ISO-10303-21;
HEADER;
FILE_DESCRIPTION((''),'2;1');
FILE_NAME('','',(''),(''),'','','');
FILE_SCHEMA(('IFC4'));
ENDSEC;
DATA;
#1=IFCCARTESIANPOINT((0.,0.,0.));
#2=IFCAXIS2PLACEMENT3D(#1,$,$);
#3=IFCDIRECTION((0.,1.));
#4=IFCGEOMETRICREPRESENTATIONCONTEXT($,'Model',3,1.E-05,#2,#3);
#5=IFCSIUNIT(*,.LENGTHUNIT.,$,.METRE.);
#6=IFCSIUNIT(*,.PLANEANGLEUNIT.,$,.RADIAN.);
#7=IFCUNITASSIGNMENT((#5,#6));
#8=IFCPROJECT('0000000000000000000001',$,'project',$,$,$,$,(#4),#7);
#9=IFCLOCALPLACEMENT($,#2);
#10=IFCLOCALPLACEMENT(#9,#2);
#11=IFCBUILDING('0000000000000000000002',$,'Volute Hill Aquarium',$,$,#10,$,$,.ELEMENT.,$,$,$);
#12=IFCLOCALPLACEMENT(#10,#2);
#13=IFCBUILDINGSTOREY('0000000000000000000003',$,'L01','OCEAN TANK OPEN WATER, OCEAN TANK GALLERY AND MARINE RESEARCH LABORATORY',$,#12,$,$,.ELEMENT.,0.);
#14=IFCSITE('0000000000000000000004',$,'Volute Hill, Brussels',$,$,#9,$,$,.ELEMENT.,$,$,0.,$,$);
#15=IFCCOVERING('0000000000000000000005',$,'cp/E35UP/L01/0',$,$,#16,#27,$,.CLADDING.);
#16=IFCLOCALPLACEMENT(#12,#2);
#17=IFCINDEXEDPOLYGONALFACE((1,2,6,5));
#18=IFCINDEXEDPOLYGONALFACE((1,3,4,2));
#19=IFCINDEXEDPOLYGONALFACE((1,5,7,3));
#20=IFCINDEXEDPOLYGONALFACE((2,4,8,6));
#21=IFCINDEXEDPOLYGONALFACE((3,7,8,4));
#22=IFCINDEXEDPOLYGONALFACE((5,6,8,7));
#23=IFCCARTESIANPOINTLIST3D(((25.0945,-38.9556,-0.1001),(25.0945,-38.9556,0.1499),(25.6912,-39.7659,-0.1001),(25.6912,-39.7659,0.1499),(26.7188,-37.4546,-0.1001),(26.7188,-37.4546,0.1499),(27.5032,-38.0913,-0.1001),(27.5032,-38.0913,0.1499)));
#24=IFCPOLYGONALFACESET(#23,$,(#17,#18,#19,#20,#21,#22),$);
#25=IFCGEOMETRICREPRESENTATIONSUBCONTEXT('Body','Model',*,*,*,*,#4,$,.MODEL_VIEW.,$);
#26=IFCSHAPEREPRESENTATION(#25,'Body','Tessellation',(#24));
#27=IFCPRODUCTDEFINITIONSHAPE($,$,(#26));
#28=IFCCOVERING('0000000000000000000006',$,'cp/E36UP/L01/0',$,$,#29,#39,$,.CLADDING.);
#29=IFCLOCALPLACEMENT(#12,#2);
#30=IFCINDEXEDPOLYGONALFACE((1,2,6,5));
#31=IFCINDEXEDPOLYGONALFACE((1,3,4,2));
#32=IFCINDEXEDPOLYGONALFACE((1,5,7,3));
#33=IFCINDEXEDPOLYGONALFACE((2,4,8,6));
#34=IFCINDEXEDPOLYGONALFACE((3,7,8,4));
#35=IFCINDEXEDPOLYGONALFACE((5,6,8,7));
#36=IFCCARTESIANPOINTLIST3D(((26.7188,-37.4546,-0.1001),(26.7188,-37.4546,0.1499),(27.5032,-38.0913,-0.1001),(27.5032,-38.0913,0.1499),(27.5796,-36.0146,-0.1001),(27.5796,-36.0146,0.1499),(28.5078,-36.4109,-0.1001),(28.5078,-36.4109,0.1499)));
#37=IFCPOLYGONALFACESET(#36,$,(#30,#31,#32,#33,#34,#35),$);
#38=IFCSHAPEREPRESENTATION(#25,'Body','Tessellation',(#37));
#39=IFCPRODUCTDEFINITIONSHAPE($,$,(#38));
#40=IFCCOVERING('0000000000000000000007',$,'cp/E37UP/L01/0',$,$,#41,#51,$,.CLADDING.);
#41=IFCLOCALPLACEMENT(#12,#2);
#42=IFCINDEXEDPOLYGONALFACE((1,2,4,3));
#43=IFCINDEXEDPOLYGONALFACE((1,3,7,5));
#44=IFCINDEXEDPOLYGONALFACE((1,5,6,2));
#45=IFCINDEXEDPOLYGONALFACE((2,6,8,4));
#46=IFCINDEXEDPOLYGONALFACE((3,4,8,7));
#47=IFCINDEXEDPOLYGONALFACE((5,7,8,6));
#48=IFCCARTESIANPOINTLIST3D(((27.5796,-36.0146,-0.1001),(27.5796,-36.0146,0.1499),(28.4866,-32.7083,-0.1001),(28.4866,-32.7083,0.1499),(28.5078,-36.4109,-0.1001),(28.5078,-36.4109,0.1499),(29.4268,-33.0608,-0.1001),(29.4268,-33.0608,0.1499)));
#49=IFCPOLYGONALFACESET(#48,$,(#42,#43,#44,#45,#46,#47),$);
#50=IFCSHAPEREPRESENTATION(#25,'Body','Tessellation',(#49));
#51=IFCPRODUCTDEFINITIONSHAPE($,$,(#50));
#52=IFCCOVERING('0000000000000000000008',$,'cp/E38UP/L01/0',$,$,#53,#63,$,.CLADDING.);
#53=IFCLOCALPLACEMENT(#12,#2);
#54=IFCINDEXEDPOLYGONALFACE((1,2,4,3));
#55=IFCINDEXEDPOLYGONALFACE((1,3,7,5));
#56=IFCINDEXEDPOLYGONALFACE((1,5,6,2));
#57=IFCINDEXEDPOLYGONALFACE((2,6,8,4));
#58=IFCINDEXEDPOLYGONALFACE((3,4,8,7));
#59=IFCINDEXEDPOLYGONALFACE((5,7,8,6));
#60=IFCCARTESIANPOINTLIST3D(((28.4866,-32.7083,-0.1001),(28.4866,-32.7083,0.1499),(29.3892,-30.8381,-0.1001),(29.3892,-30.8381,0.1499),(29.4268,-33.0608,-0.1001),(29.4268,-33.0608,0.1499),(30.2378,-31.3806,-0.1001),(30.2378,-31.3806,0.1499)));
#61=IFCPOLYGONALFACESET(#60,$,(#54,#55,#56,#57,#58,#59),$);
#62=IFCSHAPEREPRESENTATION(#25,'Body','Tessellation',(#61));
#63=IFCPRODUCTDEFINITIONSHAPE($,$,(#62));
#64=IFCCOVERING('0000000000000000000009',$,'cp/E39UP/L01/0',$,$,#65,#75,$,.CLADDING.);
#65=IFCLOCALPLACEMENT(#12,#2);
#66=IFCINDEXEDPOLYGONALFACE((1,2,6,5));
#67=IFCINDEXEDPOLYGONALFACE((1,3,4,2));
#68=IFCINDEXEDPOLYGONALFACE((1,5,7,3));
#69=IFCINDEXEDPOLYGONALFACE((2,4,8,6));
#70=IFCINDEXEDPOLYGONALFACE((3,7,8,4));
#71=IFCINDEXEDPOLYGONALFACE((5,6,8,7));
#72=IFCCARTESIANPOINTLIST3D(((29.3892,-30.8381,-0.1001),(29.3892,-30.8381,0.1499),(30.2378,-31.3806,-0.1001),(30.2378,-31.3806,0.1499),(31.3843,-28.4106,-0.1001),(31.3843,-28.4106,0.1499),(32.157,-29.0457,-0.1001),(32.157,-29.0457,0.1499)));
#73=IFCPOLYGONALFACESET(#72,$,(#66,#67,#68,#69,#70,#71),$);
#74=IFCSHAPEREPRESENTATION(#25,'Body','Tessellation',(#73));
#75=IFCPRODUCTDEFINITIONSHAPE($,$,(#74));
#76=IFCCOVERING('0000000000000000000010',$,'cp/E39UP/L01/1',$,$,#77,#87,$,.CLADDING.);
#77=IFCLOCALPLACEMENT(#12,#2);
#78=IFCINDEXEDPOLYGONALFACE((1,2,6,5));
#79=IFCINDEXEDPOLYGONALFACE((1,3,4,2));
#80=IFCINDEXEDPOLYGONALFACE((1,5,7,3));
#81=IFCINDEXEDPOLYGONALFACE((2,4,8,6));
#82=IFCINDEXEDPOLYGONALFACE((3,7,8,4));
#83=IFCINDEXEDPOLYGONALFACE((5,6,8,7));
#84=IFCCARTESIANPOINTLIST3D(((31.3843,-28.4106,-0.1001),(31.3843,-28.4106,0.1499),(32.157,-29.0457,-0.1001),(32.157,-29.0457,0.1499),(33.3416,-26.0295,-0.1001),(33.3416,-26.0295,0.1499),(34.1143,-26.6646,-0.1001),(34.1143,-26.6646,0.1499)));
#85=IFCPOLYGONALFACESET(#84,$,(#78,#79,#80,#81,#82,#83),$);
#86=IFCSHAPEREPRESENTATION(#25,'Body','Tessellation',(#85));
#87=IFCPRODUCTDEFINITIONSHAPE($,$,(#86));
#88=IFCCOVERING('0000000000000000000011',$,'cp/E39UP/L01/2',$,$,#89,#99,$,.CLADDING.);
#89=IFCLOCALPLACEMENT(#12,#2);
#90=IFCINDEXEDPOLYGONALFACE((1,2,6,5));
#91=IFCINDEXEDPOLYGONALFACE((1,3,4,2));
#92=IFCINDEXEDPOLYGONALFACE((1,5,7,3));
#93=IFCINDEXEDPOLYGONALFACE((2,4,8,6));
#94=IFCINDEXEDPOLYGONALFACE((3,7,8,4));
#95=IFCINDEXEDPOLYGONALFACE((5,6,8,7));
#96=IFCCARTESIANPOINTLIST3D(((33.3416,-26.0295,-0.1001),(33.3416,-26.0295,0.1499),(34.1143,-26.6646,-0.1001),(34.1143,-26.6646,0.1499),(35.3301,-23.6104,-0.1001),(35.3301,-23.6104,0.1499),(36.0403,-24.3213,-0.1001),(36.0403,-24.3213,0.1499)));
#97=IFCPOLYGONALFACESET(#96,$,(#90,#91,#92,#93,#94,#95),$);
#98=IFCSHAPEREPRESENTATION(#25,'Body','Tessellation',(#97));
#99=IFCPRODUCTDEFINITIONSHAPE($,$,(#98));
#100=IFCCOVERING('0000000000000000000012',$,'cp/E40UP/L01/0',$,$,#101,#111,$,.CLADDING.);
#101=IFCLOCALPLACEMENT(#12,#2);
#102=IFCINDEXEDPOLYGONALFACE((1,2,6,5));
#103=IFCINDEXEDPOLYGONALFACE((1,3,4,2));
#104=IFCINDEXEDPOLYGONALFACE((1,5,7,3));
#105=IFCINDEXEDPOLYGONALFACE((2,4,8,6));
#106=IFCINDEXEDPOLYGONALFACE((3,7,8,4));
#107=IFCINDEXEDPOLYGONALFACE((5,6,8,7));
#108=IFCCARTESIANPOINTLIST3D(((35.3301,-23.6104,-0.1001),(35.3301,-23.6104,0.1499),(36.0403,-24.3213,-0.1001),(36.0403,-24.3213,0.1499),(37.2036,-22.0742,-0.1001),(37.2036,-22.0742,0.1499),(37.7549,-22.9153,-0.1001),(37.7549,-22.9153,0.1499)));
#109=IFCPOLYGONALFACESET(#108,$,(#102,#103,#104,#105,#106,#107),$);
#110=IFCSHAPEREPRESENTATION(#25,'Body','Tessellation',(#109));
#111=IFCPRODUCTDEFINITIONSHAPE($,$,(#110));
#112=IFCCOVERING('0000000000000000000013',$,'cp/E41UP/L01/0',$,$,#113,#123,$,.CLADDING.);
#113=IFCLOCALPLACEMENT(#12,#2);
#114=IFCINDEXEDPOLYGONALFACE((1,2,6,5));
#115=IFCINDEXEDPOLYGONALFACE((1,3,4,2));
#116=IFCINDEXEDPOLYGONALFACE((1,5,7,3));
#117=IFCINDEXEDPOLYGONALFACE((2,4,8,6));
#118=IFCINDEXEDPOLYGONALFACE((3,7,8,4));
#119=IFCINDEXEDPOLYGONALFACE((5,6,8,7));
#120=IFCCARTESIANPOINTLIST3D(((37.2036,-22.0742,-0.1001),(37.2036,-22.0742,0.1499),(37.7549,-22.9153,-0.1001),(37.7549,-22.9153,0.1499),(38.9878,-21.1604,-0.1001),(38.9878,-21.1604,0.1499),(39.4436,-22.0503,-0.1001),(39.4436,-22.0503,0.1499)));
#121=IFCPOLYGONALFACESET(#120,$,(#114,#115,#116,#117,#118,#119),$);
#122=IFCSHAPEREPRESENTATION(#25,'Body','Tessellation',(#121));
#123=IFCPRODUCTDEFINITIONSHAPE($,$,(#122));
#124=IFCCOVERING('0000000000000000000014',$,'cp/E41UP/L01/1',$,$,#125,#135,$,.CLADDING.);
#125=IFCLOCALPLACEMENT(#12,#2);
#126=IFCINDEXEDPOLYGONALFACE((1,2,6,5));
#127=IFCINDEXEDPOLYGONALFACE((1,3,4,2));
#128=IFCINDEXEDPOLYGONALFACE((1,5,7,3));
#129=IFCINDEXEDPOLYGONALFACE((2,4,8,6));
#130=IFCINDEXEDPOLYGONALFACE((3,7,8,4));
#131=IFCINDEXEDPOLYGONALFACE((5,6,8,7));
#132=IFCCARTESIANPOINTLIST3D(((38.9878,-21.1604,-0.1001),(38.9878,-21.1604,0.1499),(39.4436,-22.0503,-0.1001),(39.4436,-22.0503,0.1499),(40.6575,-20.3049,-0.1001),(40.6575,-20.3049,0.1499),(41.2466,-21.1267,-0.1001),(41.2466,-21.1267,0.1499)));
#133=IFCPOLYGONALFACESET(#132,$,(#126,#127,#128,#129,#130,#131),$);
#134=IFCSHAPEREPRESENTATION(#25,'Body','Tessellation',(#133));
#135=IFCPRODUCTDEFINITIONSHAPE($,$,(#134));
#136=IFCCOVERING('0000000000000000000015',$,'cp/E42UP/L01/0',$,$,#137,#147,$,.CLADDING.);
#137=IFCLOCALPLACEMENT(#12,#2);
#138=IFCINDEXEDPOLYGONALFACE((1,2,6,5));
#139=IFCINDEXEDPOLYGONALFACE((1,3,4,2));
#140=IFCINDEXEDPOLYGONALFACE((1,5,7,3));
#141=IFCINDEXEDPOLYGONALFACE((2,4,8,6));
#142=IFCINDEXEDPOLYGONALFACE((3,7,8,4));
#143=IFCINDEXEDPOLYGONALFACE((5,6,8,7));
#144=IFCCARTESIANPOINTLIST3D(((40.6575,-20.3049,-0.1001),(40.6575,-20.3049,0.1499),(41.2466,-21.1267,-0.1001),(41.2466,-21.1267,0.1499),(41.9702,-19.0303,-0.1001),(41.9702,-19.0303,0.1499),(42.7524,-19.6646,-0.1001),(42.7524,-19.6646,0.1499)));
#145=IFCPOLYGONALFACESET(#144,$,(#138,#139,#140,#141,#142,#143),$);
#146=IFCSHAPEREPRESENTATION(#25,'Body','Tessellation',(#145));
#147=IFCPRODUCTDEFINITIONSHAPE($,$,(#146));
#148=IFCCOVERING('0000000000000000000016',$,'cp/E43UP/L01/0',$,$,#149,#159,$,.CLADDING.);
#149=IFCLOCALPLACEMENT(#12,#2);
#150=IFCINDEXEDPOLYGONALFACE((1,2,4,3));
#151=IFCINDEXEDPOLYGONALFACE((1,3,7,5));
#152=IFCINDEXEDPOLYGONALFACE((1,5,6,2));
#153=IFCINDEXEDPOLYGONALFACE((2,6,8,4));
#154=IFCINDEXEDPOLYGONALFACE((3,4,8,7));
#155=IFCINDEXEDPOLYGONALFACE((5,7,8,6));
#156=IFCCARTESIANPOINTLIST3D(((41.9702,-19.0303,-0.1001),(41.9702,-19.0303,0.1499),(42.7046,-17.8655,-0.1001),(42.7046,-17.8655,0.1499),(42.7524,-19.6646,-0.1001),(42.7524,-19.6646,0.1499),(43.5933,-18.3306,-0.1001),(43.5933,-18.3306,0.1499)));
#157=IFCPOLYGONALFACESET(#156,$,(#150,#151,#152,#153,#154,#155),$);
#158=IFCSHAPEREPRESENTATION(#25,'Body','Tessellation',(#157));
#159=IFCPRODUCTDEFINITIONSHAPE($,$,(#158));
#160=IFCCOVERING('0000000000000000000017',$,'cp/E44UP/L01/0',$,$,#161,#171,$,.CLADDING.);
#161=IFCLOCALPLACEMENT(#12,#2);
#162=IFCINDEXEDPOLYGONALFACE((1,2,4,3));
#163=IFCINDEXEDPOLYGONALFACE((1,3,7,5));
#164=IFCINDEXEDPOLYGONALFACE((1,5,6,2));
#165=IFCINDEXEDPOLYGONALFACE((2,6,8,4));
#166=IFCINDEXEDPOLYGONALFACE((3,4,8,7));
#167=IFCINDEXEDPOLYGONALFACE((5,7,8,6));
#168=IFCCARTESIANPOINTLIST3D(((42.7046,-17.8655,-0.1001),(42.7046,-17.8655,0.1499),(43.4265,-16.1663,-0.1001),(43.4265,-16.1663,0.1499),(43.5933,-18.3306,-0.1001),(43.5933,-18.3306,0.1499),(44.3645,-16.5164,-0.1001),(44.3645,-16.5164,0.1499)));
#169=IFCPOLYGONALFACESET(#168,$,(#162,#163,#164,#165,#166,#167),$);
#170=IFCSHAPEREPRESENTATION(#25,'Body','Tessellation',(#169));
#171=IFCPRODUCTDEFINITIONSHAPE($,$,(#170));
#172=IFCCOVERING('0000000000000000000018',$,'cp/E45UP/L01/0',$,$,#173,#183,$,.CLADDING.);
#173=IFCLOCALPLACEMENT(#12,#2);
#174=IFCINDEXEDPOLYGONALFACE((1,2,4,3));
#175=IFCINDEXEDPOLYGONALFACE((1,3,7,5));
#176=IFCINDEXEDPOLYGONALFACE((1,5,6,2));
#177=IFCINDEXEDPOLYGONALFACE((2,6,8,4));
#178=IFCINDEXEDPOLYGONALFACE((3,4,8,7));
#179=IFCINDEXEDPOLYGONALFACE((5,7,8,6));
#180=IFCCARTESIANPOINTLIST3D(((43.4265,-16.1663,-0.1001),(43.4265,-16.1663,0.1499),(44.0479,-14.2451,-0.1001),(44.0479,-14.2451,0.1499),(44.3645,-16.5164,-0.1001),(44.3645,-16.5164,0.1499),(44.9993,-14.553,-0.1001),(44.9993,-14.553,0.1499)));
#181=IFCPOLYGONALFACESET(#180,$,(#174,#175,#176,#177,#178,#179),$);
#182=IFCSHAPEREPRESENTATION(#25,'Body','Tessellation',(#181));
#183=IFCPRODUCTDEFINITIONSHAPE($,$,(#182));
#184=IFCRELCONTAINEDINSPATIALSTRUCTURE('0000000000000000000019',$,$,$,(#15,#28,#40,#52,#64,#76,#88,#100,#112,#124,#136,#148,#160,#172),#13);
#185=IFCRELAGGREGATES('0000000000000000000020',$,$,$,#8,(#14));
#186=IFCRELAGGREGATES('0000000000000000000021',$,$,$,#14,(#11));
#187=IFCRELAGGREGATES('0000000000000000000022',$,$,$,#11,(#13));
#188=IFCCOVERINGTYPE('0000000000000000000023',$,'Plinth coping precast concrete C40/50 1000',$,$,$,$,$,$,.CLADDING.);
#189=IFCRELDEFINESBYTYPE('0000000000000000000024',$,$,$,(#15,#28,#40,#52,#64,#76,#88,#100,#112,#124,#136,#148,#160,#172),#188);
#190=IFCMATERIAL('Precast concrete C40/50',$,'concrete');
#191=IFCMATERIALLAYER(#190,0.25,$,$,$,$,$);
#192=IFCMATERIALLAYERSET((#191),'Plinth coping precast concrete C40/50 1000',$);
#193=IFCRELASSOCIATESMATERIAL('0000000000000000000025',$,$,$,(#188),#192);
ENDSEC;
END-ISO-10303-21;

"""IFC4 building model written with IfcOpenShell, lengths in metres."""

from ifc_helpers import new_model, si_unit, direction, frame, origin, place, context, subcontext, project, spatial, polyline, outline, extrude, material, layer, layer_set, type_object, element, save


model = new_model("IFC4")

# Units and contexts
model_context = context("Model", 3, precision=1e-05, world=origin(), true_north=direction((0.0, 1.0)))
body_context = subcontext(model_context, "Body", "Model", "MODEL_VIEW")
ifc_project = project(units=[si_unit("LENGTHUNIT", "METRE"), si_unit("PLANEANGLEUNIT", "RADIAN")], contexts=[model_context])

# Site, building, storey
site_placement = place(None, origin())
site = spatial("IfcSite", under=ifc_project, at=site_placement, Name="Volute Hill, Brussels", CompositionType="ELEMENT", RefElevation=0.0)
building_placement = place(site_placement, origin())
building = spatial("IfcBuilding", under=site, at=building_placement, Name="Volute Hill Aquarium", CompositionType="ELEMENT")
storey_placement = place(building_placement, origin())
storey = spatial("IfcBuildingStorey", under=building, at=storey_placement, Name="L01", Description="OCEAN TANK OPEN WATER, OCEAN TANK GALLERY AND MARINE RESEARCH LABORATORY", CompositionType="ELEMENT", Elevation=0.0)

# Coverings
ifc_material_1 = material(Name="Precast concrete C40/50", Category="concrete")
ifc_layer_1 = layer(ifc_material_1, 0.25)
ifc_layer_set_1 = layer_set([ifc_layer_1], Name="Plinth coping precast concrete C40/50 1000")
covering_type_1 = type_object("IfcCoveringType", Name="Plinth coping precast concrete C40/50 1000", PredefinedType="CLADDING", material=ifc_layer_set_1)
covering_1_placement = place(storey_placement, frame((0.0, 0.0, -0.1001)))
element("IfcCovering", 1, at=covering_1_placement, inside=storey, type_object=covering_type_1, Name="cp/E35UP/L01/0", PredefinedType="CLADDING", context=body_context, shape_type="SweptSolid", body=[
    extrude(outline(polyline([(25.6912, -39.7659), (27.5032, -38.0913), (26.7188, -37.4546), (25.0945, -38.9556), (25.6912, -39.7659)])), origin(), (0.0, 0.0, 1.0), 0.25),
])
covering_2_placement = place(storey_placement, frame((0.0, 0.0, -0.1001)))
element("IfcCovering", 2, at=covering_2_placement, inside=storey, type_object=covering_type_1, Name="cp/E36UP/L01/0", PredefinedType="CLADDING", context=body_context, shape_type="SweptSolid", body=[
    extrude(outline(polyline([(28.5078, -36.4109), (28.5078, -36.4109), (27.5796, -36.0146), (27.5796, -36.0146), (26.7188, -37.4546), (26.7188, -37.4546), (27.5032, -38.0913), (27.5032, -38.0913), (28.5078, -36.4109)])), origin(), (0.0, 0.0, 1.0), 0.25),
])
covering_3_placement = place(storey_placement, frame((0.0, 0.0, -0.1001)))
element("IfcCovering", 3, at=covering_3_placement, inside=storey, type_object=covering_type_1, Name="cp/E37UP/L01/0", PredefinedType="CLADDING", context=body_context, shape_type="SweptSolid", body=[
    extrude(outline(polyline([(28.5078, -36.4109), (29.4268, -33.0608), (28.4866, -32.7083), (28.4866, -32.7083), (27.5796, -36.0146), (28.5078, -36.4109)])), origin(), (0.0, 0.0, 1.0), 0.25),
])
covering_4_placement = place(storey_placement, frame((0.0, 0.0, -0.1001)))
element("IfcCovering", 4, at=covering_4_placement, inside=storey, type_object=covering_type_1, Name="cp/E38UP/L01/0", PredefinedType="CLADDING", context=body_context, shape_type="SweptSolid", body=[
    extrude(outline(polyline([(30.2378, -31.3806), (30.2378, -31.3806), (29.3892, -30.8381), (29.3892, -30.8381), (28.4866, -32.7083), (29.4268, -33.0608), (30.2378, -31.3806)])), origin(), (0.0, 0.0, 1.0), 0.25),
])
covering_5_placement = place(storey_placement, frame((0.0, 0.0, -0.1001)))
element("IfcCovering", 5, at=covering_5_placement, inside=storey, type_object=covering_type_1, Name="cp/E39UP/L01/0", PredefinedType="CLADDING", context=body_context, shape_type="SweptSolid", body=[
    extrude(outline(polyline([(30.2378, -31.3806), (32.157, -29.0457), (31.3843, -28.4106), (29.3892, -30.8381), (30.2378, -31.3806)])), origin(), (0.0, 0.0, 1.0), 0.25),
])
covering_6_placement = place(storey_placement, frame((0.0, 0.0, -0.1001)))
element("IfcCovering", 6, at=covering_6_placement, inside=storey, type_object=covering_type_1, Name="cp/E39UP/L01/1", PredefinedType="CLADDING", context=body_context, shape_type="SweptSolid", body=[
    extrude(outline(polyline([(32.157, -29.0457), (34.1143, -26.6646), (33.3416, -26.0295), (31.3843, -28.4106), (32.157, -29.0457)])), origin(), (0.0, 0.0, 1.0), 0.25),
])
covering_7_placement = place(storey_placement, frame((0.0, 0.0, -0.1001)))
element("IfcCovering", 7, at=covering_7_placement, inside=storey, type_object=covering_type_1, Name="cp/E39UP/L01/2", PredefinedType="CLADDING", context=body_context, shape_type="SweptSolid", body=[
    extrude(outline(polyline([(34.1143, -26.6646), (36.0403, -24.3213), (35.3301, -23.6104), (33.3416, -26.0295), (34.1143, -26.6646)])), origin(), (0.0, 0.0, 1.0), 0.25),
])
covering_8_placement = place(storey_placement, frame((0.0, 0.0, -0.1001)))
element("IfcCovering", 8, at=covering_8_placement, inside=storey, type_object=covering_type_1, Name="cp/E40UP/L01/0", PredefinedType="CLADDING", context=body_context, shape_type="SweptSolid", body=[
    extrude(outline(polyline([(36.0403, -24.3213), (37.7549, -22.9153), (37.2036, -22.0742), (35.3301, -23.6104), (35.3301, -23.6104), (36.0403, -24.3213), (36.0403, -24.3213)])), origin(), (0.0, 0.0, 1.0), 0.25),
])
covering_9_placement = place(storey_placement, frame((0.0, 0.0, -0.1001)))
element("IfcCovering", 9, at=covering_9_placement, inside=storey, type_object=covering_type_1, Name="cp/E41UP/L01/0", PredefinedType="CLADDING", context=body_context, shape_type="SweptSolid", body=[
    extrude(outline(polyline([(37.7549, -22.9153), (39.4436, -22.0503), (38.9878, -21.1604), (37.2036, -22.0742), (37.7549, -22.9153), (37.7549, -22.9153)])), origin(), (0.0, 0.0, 1.0), 0.25),
])
covering_10_placement = place(storey_placement, frame((0.0, 0.0, -0.1001)))
element("IfcCovering", 10, at=covering_10_placement, inside=storey, type_object=covering_type_1, Name="cp/E41UP/L01/1", PredefinedType="CLADDING", context=body_context, shape_type="SweptSolid", body=[
    extrude(outline(polyline([(41.2466, -21.1267), (41.2466, -21.1267), (40.6575, -20.3049), (40.6575, -20.3049), (38.9878, -21.1604), (39.4436, -22.0503), (41.2466, -21.1267)])), origin(), (0.0, 0.0, 1.0), 0.25),
])
covering_11_placement = place(storey_placement, frame((0.0, 0.0, -0.1001)))
element("IfcCovering", 11, at=covering_11_placement, inside=storey, type_object=covering_type_1, Name="cp/E42UP/L01/0", PredefinedType="CLADDING", context=body_context, shape_type="SweptSolid", body=[
    extrude(outline(polyline([(41.2466, -21.1267), (42.7524, -19.6646), (41.9702, -19.0303), (40.6575, -20.3049), (41.2466, -21.1267)])), origin(), (0.0, 0.0, 1.0), 0.25),
])
covering_12_placement = place(storey_placement, frame((0.0, 0.0, -0.1001)))
element("IfcCovering", 12, at=covering_12_placement, inside=storey, type_object=covering_type_1, Name="cp/E43UP/L01/0", PredefinedType="CLADDING", context=body_context, shape_type="SweptSolid", body=[
    extrude(outline(polyline([(43.5933, -18.3306), (43.5933, -18.3306), (42.7046, -17.8655), (41.9702, -19.0303), (41.9702, -19.0303), (42.7524, -19.6646), (42.7524, -19.6646), (43.5933, -18.3306)])), origin(), (0.0, 0.0, 1.0), 0.25),
])
covering_13_placement = place(storey_placement, frame((0.0, 0.0, -0.1001)))
element("IfcCovering", 13, at=covering_13_placement, inside=storey, type_object=covering_type_1, Name="cp/E44UP/L01/0", PredefinedType="CLADDING", context=body_context, shape_type="SweptSolid", body=[
    extrude(outline(polyline([(43.5933, -18.3306), (44.3645, -16.5164), (43.4265, -16.1663), (42.7046, -17.8655), (42.7046, -17.8655), (43.5933, -18.3306)])), origin(), (0.0, 0.0, 1.0), 0.25),
])
covering_14_placement = place(storey_placement, frame((0.0, 0.0, -0.1001)))
element("IfcCovering", 14, at=covering_14_placement, inside=storey, type_object=covering_type_1, Name="cp/E45UP/L01/0", PredefinedType="CLADDING", context=body_context, shape_type="SweptSolid", body=[
    extrude(outline(polyline([(44.3645, -16.5164), (44.9993, -14.553), (44.0479, -14.2451), (43.4265, -16.1663), (43.4265, -16.1663), (44.3645, -16.5164), (44.3645, -16.5164)])), origin(), (0.0, 0.0, 1.0), 0.25),
])

save(model, "model.ifc")
